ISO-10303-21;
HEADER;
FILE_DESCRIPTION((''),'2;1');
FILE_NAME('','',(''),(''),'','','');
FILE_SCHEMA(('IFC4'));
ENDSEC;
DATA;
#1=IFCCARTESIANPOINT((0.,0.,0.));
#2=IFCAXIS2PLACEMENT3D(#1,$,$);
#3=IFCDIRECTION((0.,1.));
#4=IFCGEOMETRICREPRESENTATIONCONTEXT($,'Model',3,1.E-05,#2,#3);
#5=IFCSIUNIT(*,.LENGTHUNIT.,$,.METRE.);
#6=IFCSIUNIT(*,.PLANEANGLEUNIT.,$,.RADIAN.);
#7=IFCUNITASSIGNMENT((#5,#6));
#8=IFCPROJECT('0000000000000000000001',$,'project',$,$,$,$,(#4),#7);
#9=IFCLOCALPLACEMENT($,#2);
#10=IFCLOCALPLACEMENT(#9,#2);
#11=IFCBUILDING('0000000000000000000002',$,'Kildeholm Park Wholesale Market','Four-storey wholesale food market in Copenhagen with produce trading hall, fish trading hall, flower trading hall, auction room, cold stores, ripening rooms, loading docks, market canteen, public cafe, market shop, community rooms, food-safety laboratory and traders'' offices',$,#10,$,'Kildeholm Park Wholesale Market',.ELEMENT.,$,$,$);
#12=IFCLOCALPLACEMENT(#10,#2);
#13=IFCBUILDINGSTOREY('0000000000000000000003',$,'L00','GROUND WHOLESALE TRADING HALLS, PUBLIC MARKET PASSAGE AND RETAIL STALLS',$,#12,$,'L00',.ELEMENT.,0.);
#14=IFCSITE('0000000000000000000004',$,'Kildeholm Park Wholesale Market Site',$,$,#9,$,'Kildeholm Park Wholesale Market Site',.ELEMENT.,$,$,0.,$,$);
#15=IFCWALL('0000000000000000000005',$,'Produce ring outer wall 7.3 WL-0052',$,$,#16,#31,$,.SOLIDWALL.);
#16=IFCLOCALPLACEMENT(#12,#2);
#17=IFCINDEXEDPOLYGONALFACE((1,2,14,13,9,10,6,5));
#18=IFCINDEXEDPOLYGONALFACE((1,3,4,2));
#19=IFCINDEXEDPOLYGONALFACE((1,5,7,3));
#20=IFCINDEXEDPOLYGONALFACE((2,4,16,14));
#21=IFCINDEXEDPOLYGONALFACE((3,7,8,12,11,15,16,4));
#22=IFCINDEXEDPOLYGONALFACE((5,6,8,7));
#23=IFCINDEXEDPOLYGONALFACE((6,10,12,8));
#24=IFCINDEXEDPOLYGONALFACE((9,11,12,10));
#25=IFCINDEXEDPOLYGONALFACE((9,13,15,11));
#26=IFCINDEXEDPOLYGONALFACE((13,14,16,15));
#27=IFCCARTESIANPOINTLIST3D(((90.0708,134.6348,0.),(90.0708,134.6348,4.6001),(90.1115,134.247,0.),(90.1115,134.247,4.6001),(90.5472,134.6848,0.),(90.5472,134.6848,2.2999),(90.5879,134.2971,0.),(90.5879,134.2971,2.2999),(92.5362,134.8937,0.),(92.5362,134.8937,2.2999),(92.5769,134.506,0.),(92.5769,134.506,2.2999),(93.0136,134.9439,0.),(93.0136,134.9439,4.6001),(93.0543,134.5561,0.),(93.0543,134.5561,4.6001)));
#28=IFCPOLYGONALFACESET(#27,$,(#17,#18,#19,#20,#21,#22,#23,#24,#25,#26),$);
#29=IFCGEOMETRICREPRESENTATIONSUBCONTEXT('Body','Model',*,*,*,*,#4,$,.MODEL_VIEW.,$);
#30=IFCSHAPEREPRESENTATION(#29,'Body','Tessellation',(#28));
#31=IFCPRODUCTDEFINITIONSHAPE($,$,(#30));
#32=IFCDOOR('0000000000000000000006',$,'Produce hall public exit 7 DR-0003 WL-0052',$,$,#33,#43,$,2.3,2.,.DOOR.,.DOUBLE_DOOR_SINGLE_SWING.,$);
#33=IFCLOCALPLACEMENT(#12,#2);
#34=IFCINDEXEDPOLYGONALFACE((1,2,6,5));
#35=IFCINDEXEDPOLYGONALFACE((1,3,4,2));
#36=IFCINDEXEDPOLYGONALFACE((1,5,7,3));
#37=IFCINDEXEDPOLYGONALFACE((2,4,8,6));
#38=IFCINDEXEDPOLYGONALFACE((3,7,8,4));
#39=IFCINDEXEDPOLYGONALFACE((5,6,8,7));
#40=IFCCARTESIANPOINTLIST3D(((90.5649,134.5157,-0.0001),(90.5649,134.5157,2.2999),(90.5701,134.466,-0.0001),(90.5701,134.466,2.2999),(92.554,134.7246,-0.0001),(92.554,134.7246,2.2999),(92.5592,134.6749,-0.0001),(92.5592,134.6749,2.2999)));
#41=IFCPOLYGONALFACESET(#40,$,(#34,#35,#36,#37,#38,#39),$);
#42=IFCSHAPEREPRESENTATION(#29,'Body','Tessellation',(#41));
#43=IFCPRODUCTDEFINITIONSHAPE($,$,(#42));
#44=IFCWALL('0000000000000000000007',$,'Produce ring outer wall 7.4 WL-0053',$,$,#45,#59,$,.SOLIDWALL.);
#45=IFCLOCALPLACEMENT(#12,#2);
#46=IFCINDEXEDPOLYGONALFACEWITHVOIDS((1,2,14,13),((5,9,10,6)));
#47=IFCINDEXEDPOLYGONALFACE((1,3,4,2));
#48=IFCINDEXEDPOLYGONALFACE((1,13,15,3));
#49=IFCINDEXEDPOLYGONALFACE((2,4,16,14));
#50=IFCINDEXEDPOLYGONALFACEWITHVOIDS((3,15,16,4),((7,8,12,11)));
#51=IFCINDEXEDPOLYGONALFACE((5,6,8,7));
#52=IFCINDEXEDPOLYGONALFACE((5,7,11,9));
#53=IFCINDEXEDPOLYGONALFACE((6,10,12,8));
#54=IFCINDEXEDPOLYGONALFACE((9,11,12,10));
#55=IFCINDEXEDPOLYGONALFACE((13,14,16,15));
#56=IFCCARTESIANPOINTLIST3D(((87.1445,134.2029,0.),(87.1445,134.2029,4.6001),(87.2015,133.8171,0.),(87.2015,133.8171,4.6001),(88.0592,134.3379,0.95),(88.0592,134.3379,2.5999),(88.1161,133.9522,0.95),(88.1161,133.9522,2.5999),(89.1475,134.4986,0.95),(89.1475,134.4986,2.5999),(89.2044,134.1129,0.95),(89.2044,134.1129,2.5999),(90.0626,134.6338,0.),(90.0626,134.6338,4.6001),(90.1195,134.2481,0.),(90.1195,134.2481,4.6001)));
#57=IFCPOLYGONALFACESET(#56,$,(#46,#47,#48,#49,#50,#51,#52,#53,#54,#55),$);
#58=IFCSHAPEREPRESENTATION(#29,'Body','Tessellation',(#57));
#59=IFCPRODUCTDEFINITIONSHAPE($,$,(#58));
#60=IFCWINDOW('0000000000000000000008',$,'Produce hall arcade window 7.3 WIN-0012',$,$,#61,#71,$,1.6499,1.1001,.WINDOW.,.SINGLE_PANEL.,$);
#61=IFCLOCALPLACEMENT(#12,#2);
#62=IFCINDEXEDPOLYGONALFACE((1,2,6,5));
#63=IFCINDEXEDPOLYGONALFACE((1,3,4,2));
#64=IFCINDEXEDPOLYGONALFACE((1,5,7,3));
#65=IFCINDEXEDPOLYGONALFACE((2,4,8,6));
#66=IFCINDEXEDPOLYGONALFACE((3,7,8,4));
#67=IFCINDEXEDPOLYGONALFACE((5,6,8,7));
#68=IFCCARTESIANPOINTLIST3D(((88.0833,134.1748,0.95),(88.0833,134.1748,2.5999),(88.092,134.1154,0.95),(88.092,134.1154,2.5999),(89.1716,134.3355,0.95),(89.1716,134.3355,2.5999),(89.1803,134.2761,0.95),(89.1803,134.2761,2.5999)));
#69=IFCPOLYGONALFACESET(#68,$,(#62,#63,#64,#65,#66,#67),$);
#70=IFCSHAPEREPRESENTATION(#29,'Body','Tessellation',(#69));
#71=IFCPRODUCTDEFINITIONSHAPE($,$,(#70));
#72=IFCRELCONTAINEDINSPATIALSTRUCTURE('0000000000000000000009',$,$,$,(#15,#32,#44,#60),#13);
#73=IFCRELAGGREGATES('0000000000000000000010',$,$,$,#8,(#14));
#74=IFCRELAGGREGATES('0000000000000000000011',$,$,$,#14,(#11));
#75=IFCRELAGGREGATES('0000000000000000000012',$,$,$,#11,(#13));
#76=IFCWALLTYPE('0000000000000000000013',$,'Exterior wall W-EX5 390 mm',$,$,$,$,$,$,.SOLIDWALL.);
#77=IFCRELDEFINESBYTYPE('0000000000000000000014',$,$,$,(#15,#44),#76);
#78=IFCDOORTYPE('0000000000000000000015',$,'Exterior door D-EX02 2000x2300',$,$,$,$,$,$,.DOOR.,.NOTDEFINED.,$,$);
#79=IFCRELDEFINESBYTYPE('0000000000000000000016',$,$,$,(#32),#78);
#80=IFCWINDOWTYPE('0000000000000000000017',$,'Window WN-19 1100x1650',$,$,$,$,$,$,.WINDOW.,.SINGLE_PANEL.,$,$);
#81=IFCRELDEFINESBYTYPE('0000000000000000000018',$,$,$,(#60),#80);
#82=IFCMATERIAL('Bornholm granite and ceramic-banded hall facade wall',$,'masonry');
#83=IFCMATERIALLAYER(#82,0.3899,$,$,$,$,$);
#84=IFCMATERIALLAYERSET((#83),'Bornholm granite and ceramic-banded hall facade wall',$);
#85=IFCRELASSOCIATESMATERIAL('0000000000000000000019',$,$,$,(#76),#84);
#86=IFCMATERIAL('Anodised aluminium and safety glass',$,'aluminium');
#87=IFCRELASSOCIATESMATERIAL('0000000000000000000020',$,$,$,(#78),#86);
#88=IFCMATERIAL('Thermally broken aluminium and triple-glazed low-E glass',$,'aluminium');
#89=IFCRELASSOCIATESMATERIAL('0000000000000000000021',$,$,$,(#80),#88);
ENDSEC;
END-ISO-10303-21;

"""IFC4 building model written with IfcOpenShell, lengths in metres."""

from ifc_helpers import new_model, si_unit, direction, frame, frame_2d, origin, place, context, subcontext, project, spatial, rectangle, extrude, material, layer, layer_set, type_object, element, fill, save


model = new_model("IFC4")

# Units and contexts
model_context = context("Model", 3, precision=1e-05, world=origin(), true_north=direction((0.0, 1.0)))
body_context = subcontext(model_context, "Body", "Model", "MODEL_VIEW")
ifc_project = project(units=[si_unit("LENGTHUNIT", "METRE"), si_unit("PLANEANGLEUNIT", "RADIAN")], contexts=[model_context])

# Site, building, storey
site_placement = place(None, origin())
site = spatial("IfcSite", under=ifc_project, at=site_placement, Name="Kildeholm Park Wholesale Market Site", LongName="Kildeholm Park Wholesale Market Site", CompositionType="ELEMENT", RefElevation=0.0)
building_placement = place(site_placement, origin())
building = spatial("IfcBuilding", under=site, at=building_placement, Name="Kildeholm Park Wholesale Market", Description="Four-storey wholesale food market in Copenhagen with produce trading hall, fish trading hall, flower trading hall, auction room, cold stores, ripening rooms, loading docks, market canteen, public cafe, market shop, community rooms, food-safety laboratory and traders' offices", LongName="Kildeholm Park Wholesale Market", CompositionType="ELEMENT")
storey_placement = place(building_placement, origin())
storey = spatial("IfcBuildingStorey", under=building, at=storey_placement, Name="L00", Description="GROUND WHOLESALE TRADING HALLS, PUBLIC MARKET PASSAGE AND RETAIL STALLS", LongName="L00", CompositionType="ELEMENT", Elevation=0.0)

# Wall, opening, door
ifc_material_1 = material(Name="Bornholm granite and ceramic-banded hall facade wall", Category="masonry")
ifc_layer_1 = layer(ifc_material_1, 0.3899)
ifc_layer_set_1 = layer_set([ifc_layer_1], Name="Bornholm granite and ceramic-banded hall facade wall")
wall_type_1 = type_object("IfcWallType", Name="Exterior wall W-EX5 390 mm", PredefinedType="SOLIDWALL", material=ifc_layer_set_1)
wall_1_placement = place(storey_placement, frame((93.0339, 134.75, 0.0), z_axis=(0.0, 0.0, 1.0), x_axis=(-0.99453, -0.104453, 0.0)))
wall_1 = element("IfcWall", 1, at=wall_1_placement, inside=storey, type_object=wall_type_1, Name="Produce ring outer wall 7.3 WL-0052", PredefinedType="SOLIDWALL", context=body_context, shape_type="SweptSolid", body=[
    extrude(rectangle(XDim=2.959, YDim=0.3899, at=frame_2d((1.4795, 0.0))), origin(), (0.0, 0.0, 1.0), 4.6001),
])
opening_1_placement = place(wall_1_placement, frame((0.48, 0.0, 0.0)))
opening_1 = element("IfcOpeningElement", 2, at=opening_1_placement, cuts=wall_1, PredefinedType="OPENING", context=body_context, shape_type="SweptSolid", body=[
    extrude(rectangle(XDim=2.0, YDim=2.3, at=frame_2d((1.0, 1.1499))), frame((0.0, 0.2048, 0.0), z_axis=(0.0, -1.0, 0.0), x_axis=(1.0, 0.0, 0.0)), (0.0, 0.0, 1.0), 0.4099),
])
ifc_material_2 = material(Name="Anodised aluminium and safety glass", Category="aluminium")
door_type_1 = type_object("IfcDoorType", Name="Exterior door D-EX02 2000x2300", OperationType="NOTDEFINED", PredefinedType="DOOR", material=ifc_material_2)
door_1_placement = place(opening_1_placement, frame((2.0, 0.0, 0.0), z_axis=(0.0, 0.0, 1.0), x_axis=(-1.0, 0.0, 0.0)))
door_1 = element("IfcDoor", 3, at=door_1_placement, inside=storey, type_object=door_type_1, Name="Produce hall public exit 7 DR-0003 WL-0052", OperationType="DOUBLE_DOOR_SINGLE_SWING", OverallHeight=2.3, OverallWidth=2.0, PredefinedType="DOOR", context=body_context, shape_type="SweptSolid", body=[
    extrude(rectangle(XDim=2.0, YDim=2.3, at=frame_2d((1.0, 1.1499))), frame((0.0, 0.0249, 0.0), z_axis=(0.0, -1.0, 0.0), x_axis=(1.0, 0.0, 0.0)), (0.0, 0.0, 1.0), 0.05),
])
fill(opening_1, door_1)

# Wall, opening, window
wall_2_placement = place(storey_placement, frame((90.0911, 134.4409, 0.0), z_axis=(0.0, 0.0, 1.0), x_axis=(-0.989271, -0.14609, 0.0)))
wall_2 = element("IfcWall", 4, at=wall_2_placement, inside=storey, type_object=wall_type_1, Name="Produce ring outer wall 7.4 WL-0053", PredefinedType="SOLIDWALL", context=body_context, shape_type="SweptSolid", body=[
    extrude(rectangle(XDim=2.9497, YDim=0.3899, at=frame_2d((1.4749, 0.0))), origin(), (0.0, 0.0, 1.0), 4.6001),
])
opening_2_placement = place(wall_2_placement, frame((0.925, 0.0, 0.95)))
opening_2 = element("IfcOpeningElement", 5, at=opening_2_placement, cuts=wall_2, PredefinedType="OPENING", context=body_context, shape_type="SweptSolid", body=[
    extrude(rectangle(XDim=1.1001, YDim=1.6499, at=frame_2d((0.55, 0.825))), frame((0.0, 0.2048, 0.0), z_axis=(0.0, -1.0, 0.0), x_axis=(1.0, 0.0, 0.0)), (0.0, 0.0, 1.0), 0.4099),
])
ifc_material_3 = material(Name="Thermally broken aluminium and triple-glazed low-E glass", Category="aluminium")
window_type = type_object("IfcWindowType", Name="Window WN-19 1100x1650", PartitioningType="SINGLE_PANEL", PredefinedType="WINDOW", material=ifc_material_3)
window_placement = place(opening_2_placement, origin())
window = element("IfcWindow", 6, at=window_placement, inside=storey, type_object=window_type, Name="Produce hall arcade window 7.3 WIN-0012", OverallHeight=1.6499, OverallWidth=1.1001, PartitioningType="SINGLE_PANEL", PredefinedType="WINDOW", context=body_context, shape_type="SweptSolid", body=[
    extrude(rectangle(XDim=1.1001, YDim=1.6499, at=frame_2d((0.55, 0.825))), frame((0.0, 0.03, 0.0), z_axis=(0.0, -1.0, 0.0), x_axis=(1.0, 0.0, 0.0)), (0.0, 0.0, 1.0), 0.0601),
])
fill(opening_2, window)

save(model, "model.ifc")
